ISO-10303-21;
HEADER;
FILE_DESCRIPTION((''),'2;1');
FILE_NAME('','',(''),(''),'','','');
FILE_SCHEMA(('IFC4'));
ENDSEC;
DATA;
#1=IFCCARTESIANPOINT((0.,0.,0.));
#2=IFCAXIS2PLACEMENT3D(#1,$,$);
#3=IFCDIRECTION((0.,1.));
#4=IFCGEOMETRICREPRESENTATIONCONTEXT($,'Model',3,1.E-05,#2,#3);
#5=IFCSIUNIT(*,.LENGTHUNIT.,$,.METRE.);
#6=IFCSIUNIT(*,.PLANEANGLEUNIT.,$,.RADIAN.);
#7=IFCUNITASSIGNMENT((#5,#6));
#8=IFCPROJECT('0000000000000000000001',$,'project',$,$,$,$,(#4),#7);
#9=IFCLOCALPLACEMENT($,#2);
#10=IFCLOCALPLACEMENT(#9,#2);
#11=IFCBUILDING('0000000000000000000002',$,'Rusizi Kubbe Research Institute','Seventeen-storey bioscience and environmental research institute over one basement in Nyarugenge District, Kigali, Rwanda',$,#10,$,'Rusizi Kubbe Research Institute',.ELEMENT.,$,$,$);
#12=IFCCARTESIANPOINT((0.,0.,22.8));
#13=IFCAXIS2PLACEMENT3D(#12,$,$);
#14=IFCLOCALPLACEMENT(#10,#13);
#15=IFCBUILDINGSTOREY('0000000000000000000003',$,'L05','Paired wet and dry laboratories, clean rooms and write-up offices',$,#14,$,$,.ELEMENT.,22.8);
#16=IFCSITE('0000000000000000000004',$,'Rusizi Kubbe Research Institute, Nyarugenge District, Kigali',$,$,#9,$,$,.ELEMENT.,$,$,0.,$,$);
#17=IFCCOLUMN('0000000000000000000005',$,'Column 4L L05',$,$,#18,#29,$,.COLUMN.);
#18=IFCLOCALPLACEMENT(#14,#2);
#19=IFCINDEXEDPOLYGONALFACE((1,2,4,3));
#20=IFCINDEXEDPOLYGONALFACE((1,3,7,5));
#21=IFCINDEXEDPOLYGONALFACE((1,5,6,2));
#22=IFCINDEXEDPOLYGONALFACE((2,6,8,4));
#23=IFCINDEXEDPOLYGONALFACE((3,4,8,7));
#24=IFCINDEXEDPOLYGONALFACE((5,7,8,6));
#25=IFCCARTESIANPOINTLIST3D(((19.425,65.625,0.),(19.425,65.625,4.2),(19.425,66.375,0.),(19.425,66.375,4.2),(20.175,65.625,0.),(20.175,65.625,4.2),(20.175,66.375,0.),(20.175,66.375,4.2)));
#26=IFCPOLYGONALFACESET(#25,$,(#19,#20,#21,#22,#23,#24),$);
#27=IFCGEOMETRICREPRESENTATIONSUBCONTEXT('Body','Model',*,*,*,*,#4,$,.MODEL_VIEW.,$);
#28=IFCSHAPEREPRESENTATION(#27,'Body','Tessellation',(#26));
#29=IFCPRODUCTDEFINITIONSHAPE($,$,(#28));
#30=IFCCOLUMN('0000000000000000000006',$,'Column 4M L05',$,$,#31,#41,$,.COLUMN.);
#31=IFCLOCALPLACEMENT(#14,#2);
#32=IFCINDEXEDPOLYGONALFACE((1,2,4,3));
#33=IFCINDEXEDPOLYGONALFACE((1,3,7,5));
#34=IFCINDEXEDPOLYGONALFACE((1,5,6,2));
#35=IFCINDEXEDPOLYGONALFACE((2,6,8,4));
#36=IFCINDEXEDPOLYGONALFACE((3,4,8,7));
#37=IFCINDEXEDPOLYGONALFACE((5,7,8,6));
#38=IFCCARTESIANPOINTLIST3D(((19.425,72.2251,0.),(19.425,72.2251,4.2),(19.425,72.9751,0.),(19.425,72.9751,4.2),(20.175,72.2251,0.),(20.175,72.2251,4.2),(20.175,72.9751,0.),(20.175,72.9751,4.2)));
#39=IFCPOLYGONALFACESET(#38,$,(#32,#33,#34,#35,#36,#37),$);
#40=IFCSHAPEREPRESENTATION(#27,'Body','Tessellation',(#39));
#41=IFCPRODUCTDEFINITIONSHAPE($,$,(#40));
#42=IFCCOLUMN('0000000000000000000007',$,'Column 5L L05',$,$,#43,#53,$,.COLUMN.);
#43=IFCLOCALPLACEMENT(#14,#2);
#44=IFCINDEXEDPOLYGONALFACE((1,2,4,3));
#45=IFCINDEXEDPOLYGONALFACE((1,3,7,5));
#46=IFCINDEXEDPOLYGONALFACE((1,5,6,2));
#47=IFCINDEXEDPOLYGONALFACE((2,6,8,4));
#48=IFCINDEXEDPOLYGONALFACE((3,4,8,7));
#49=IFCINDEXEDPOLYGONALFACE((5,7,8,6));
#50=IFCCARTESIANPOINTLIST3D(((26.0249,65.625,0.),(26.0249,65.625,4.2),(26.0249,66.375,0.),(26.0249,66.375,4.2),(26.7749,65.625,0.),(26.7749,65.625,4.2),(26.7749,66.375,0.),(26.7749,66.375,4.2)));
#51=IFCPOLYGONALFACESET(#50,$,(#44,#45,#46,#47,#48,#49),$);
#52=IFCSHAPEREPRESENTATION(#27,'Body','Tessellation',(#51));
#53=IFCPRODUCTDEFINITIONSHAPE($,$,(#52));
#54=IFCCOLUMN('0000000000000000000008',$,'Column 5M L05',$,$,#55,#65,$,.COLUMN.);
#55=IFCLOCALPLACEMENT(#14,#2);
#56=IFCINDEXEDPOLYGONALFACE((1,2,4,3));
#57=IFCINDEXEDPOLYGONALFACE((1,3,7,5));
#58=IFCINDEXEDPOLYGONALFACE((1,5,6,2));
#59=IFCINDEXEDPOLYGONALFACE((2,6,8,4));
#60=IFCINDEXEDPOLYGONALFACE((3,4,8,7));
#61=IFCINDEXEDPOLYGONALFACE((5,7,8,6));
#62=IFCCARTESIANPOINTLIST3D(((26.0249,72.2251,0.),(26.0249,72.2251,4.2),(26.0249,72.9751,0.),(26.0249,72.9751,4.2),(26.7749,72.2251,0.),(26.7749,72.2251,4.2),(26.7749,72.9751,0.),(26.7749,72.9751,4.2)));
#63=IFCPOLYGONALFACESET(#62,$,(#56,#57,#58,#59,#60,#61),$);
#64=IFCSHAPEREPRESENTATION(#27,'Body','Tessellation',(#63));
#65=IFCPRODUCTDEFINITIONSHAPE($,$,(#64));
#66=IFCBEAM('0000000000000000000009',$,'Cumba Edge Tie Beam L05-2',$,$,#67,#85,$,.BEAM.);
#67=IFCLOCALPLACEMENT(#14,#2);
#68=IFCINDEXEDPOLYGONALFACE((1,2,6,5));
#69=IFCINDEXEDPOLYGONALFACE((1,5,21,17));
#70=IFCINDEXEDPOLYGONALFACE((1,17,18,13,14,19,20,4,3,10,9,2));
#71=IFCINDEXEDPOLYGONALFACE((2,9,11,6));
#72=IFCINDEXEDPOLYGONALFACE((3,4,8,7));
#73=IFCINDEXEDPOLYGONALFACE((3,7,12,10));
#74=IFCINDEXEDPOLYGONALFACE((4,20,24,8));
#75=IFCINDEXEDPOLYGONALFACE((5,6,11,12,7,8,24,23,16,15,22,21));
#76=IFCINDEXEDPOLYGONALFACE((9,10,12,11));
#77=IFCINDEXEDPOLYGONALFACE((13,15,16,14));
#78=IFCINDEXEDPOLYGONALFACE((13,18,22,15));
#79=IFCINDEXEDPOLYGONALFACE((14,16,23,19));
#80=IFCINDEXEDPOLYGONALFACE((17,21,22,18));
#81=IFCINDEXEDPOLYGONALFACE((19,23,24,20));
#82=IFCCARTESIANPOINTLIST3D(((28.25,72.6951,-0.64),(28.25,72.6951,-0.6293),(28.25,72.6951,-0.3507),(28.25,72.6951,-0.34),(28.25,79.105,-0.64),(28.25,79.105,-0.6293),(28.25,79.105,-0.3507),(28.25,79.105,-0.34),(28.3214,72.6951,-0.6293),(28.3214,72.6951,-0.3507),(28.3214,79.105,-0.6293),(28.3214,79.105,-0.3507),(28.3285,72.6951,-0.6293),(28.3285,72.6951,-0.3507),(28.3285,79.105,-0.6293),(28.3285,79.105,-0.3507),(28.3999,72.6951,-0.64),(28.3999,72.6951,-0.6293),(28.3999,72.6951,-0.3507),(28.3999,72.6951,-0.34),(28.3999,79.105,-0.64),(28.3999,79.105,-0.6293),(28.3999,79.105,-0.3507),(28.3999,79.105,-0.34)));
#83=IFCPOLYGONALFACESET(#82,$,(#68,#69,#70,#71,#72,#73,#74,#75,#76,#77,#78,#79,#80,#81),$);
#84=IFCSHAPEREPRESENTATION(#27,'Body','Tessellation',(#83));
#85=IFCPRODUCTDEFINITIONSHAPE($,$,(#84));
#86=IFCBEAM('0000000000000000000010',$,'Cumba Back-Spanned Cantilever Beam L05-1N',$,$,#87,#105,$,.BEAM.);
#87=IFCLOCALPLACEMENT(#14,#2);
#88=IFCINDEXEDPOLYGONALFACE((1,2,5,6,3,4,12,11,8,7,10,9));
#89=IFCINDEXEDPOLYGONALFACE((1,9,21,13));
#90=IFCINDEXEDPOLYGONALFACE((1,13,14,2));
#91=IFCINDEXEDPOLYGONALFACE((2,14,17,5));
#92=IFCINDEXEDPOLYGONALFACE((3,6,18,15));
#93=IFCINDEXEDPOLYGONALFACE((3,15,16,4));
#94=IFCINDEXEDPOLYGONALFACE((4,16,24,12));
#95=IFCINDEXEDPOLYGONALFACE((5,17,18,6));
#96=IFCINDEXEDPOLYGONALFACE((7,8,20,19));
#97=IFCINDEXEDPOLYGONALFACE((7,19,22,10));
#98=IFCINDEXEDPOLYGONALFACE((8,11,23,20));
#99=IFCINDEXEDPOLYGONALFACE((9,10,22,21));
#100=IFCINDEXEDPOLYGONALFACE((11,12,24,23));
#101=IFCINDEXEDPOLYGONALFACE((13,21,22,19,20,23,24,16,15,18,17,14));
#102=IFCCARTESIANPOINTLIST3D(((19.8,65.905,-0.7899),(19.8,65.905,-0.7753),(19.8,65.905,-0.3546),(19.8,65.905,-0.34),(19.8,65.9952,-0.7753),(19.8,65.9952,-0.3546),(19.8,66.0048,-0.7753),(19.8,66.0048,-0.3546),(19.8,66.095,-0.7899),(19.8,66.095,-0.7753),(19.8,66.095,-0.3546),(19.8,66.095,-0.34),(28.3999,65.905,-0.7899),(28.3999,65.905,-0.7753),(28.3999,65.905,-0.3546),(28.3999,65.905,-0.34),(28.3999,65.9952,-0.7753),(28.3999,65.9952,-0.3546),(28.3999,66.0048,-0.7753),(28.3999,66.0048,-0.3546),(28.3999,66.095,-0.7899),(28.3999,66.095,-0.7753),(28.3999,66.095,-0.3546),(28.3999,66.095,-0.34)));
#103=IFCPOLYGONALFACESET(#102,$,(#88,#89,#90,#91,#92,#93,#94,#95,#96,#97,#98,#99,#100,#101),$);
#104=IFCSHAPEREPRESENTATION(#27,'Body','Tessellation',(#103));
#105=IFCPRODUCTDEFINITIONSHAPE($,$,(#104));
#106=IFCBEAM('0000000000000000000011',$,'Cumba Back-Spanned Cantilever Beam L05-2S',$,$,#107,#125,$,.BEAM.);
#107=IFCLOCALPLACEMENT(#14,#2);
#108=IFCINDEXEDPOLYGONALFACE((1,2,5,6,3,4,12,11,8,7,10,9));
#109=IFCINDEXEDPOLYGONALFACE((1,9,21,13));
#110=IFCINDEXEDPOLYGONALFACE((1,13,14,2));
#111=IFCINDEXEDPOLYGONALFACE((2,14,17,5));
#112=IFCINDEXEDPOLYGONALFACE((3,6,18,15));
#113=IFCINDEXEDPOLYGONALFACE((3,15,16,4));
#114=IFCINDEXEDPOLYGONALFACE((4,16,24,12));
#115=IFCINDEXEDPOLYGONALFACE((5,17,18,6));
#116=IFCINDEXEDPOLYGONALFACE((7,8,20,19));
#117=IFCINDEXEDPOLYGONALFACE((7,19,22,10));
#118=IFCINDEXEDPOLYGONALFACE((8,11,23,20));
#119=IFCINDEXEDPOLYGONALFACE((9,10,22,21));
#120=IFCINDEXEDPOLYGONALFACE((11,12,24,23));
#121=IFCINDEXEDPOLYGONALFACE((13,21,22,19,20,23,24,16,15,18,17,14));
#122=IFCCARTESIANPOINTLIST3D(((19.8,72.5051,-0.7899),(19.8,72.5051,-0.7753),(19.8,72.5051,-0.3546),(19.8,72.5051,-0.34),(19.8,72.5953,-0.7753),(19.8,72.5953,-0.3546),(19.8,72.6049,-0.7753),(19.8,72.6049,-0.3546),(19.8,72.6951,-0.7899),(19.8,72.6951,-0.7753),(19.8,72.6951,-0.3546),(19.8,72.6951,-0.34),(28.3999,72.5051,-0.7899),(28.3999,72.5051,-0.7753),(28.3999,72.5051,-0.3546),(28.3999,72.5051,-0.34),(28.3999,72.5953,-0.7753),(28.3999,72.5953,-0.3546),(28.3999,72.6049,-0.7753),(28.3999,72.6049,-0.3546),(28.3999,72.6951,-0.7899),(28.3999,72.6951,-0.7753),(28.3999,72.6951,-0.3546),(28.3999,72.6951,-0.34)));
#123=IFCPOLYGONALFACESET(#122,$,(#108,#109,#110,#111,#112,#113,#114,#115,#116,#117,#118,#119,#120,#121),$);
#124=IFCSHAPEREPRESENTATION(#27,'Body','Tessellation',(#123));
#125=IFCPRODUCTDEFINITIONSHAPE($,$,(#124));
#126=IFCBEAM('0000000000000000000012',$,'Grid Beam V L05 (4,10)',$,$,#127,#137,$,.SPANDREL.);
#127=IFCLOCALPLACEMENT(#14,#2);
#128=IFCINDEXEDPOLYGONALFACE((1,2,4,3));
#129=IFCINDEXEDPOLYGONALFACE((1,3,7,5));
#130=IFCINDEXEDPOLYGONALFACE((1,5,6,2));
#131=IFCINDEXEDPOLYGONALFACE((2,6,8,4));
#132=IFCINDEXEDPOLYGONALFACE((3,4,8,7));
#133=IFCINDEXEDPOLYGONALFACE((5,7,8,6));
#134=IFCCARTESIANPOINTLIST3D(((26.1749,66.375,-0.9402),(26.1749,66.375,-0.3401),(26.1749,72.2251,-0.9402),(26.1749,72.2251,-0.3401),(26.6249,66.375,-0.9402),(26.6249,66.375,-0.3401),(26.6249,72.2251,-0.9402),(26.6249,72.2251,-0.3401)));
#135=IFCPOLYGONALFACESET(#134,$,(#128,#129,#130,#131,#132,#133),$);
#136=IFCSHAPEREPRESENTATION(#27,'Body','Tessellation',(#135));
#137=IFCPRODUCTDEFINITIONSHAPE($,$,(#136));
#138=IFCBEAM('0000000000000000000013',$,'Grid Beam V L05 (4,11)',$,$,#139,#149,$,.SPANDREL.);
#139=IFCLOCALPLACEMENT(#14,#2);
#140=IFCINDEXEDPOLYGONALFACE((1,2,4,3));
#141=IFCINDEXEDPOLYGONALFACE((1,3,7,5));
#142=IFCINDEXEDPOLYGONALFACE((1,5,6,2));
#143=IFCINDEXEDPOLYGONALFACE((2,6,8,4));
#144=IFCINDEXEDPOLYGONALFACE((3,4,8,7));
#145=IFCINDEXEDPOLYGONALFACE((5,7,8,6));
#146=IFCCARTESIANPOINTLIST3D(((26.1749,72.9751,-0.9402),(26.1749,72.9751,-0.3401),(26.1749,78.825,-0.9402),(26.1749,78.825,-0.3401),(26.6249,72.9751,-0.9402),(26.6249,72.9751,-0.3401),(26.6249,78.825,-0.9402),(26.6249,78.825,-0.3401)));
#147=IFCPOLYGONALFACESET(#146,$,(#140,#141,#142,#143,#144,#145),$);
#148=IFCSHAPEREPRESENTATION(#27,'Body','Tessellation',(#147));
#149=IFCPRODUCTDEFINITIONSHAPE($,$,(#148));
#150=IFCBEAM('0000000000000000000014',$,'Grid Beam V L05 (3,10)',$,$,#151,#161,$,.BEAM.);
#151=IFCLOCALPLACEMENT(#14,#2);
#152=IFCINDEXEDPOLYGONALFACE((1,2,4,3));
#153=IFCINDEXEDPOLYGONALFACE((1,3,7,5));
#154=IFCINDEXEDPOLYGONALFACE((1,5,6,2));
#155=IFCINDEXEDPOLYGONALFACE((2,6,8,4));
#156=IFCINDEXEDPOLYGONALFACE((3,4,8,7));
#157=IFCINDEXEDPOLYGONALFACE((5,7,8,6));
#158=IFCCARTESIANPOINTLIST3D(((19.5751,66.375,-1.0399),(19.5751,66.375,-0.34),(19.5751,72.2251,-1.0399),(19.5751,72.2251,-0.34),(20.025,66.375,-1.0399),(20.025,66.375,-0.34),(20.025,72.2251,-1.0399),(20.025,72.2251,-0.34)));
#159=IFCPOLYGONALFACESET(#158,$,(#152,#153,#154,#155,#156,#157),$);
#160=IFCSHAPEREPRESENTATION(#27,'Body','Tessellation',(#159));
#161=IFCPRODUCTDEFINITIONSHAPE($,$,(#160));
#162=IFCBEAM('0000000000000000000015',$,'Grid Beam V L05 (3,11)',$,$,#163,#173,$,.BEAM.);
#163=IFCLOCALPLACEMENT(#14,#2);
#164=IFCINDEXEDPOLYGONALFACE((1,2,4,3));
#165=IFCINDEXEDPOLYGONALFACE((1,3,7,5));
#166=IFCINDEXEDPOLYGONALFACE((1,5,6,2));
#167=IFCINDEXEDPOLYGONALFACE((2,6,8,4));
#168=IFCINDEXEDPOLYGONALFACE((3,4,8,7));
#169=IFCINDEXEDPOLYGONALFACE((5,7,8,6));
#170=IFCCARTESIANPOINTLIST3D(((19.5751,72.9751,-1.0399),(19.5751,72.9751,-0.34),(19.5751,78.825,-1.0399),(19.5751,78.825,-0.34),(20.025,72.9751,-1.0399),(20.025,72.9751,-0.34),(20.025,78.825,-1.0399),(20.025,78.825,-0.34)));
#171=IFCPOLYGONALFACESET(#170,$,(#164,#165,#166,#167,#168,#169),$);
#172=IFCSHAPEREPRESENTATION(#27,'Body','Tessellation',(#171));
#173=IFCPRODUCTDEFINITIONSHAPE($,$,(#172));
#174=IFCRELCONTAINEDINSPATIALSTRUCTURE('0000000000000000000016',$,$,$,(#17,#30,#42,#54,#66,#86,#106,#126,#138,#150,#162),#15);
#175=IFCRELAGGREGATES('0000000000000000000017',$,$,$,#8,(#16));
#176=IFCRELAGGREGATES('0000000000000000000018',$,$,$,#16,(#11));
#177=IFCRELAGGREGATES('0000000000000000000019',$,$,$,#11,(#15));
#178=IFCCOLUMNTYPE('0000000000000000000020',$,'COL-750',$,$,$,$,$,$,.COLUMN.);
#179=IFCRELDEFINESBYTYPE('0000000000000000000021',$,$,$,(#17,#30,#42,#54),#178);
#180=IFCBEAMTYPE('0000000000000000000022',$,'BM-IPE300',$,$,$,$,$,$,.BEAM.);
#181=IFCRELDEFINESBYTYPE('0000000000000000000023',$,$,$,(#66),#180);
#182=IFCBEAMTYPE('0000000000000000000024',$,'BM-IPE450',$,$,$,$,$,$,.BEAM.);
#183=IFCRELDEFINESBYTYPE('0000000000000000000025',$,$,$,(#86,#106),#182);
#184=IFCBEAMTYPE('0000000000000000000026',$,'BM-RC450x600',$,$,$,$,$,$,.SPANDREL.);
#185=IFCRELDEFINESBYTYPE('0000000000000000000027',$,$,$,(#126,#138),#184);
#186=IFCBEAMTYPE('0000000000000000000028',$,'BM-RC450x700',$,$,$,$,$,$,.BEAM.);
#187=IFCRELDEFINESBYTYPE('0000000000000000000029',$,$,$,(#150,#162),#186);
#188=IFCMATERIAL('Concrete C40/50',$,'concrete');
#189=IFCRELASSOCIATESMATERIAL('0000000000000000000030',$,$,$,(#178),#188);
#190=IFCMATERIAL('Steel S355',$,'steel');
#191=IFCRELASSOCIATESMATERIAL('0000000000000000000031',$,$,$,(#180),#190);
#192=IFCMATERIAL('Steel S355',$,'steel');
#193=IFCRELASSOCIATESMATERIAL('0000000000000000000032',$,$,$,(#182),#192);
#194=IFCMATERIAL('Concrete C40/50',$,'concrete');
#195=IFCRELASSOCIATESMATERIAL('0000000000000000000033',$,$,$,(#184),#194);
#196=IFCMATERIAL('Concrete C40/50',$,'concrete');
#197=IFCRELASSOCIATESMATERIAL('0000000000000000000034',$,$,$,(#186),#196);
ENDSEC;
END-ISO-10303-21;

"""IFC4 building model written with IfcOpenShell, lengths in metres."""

from ifc_helpers import new_model, si_unit, direction, frame, origin, origin_2d, place, context, subcontext, project, spatial, rectangle, i_section, extrude, material, material_profile, profile_set, type_object, element, save


model = new_model("IFC4")

# Units and contexts
model_context = context("Model", 3, precision=1e-05, world=origin(), true_north=direction((0.0, 1.0)))
body_context = subcontext(model_context, "Body", "Model", "MODEL_VIEW")
ifc_project = project(units=[si_unit("LENGTHUNIT", "METRE"), si_unit("PLANEANGLEUNIT", "RADIAN")], contexts=[model_context])

# Site, building, storey
site_placement = place(None, origin())
site = spatial("IfcSite", under=ifc_project, at=site_placement, Name="Rusizi Kubbe Research Institute, Nyarugenge District, Kigali", CompositionType="ELEMENT", RefElevation=0.0)
building_placement = place(site_placement, origin())
building = spatial("IfcBuilding", under=site, at=building_placement, Name="Rusizi Kubbe Research Institute", Description="Seventeen-storey bioscience and environmental research institute over one basement in Nyarugenge District, Kigali, Rwanda", LongName="Rusizi Kubbe Research Institute", CompositionType="ELEMENT")
storey_placement = place(building_placement, frame((0.0, 0.0, 22.8)))
storey = spatial("IfcBuildingStorey", under=building, at=storey_placement, Name="L05", Description="Paired wet and dry laboratories, clean rooms and write-up offices", CompositionType="ELEMENT", Elevation=22.8)

# Columns
ifc_material_1 = material(Name="Concrete C40/50", Category="concrete")
ifc_material_profile_1 = material_profile(ifc_material_1, rectangle(XDim=0.75, YDim=0.75, at=origin_2d()), Name="RC750x750")
ifc_profile_set_1 = profile_set([ifc_material_profile_1], Name="Concrete C40/50")
column_type = type_object("IfcColumnType", Name="COL-750", PredefinedType="COLUMN", material=ifc_profile_set_1)
for number, where, z_axis, x_axis, name in (
    (1, (19.8, 66.0, 0.0), (0.0, 0.0, 1.0), (1.0, 0.0, 0.0), "Column 4L L05"),
    (2, (19.8, 72.6001, 0.0), (0.0, 0.0, 1.0), (1.0, 0.0, 0.0), "Column 4M L05"),
    (3, (26.3999, 66.0, 0.0), (0.0, 0.0, 1.0), (1.0, 0.0, 0.0), "Column 5L L05"),
    (4, (26.3999, 72.6001, 0.0), (0.0, 0.0, 1.0), (1.0, 0.0, 0.0), "Column 5M L05"),
):
    element("IfcColumn", number, at=place(storey_placement, frame(where, z_axis=z_axis, x_axis=x_axis)), inside=storey, type_object=column_type, Name=name, PredefinedType="COLUMN", context=body_context, shape_type="SweptSolid", body=[
        extrude(rectangle(XDim=0.75, YDim=0.75, at=origin_2d()), origin(), (0.0, 0.0, 1.0), 4.2),
    ])

# Beams
ifc_material_2 = material(Name="Steel S355", Category="steel")
ifc_material_profile_2 = material_profile(ifc_material_2, i_section(OverallWidth=0.1499, OverallDepth=0.3, WebThickness=0.0071, FlangeThickness=0.0107, at=origin_2d()), Name="IPE 300")
ifc_profile_set_2 = profile_set([ifc_material_profile_2], Name="Steel S355")
beam_type_1 = type_object("IfcBeamType", Name="BM-IPE300", PredefinedType="BEAM", material=ifc_profile_set_2)
beam_1_placement = place(storey_placement, frame((28.325, 72.6951, -0.49), z_axis=(0.0, 1.0, 0.0), x_axis=(-1.0, 0.0, 0.0)))
element("IfcBeam", 5, at=beam_1_placement, inside=storey, type_object=beam_type_1, Name="Cumba Edge Tie Beam L05-2", PredefinedType="BEAM", context=body_context, shape_type="SweptSolid", body=[
    extrude(i_section(OverallWidth=0.1499, OverallDepth=0.3, WebThickness=0.0071, FlangeThickness=0.0107, at=origin_2d()), origin(), (0.0, 0.0, 1.0), 6.4099),
])
ifc_material_3 = material(Name="Steel S355", Category="steel")
ifc_material_profile_3 = material_profile(ifc_material_3, i_section(OverallWidth=0.1899, OverallDepth=0.45, WebThickness=0.0095, FlangeThickness=0.0146, at=origin_2d()), Name="IPE 450")
ifc_profile_set_3 = profile_set([ifc_material_profile_3], Name="Steel S355")
beam_type_2 = type_object("IfcBeamType", Name="BM-IPE450", PredefinedType="BEAM", material=ifc_profile_set_3)
for number, where, z_axis, x_axis, name in (
    (6, (19.8, 66.0, -0.5649), (1.0, 0.0, 0.0), (0.0, 1.0, 0.0), "Cumba Back-Spanned Cantilever Beam L05-1N"),
    (7, (19.8, 72.6001, -0.5649), (1.0, 0.0, 0.0), (0.0, 1.0, 0.0), "Cumba Back-Spanned Cantilever Beam L05-2S"),
):
    element("IfcBeam", number, at=place(storey_placement, frame(where, z_axis=z_axis, x_axis=x_axis)), inside=storey, type_object=beam_type_2, Name=name, PredefinedType="BEAM", context=body_context, shape_type="SweptSolid", body=[
        extrude(i_section(OverallWidth=0.1899, OverallDepth=0.45, WebThickness=0.0095, FlangeThickness=0.0146, at=origin_2d()), origin(), (0.0, 0.0, 1.0), 8.5999),
    ])
ifc_material_4 = material(Name="Concrete C40/50", Category="concrete")
ifc_material_profile_4 = material_profile(ifc_material_4, rectangle(XDim=0.45, YDim=0.6001, at=origin_2d()), Name="RC450x600")
ifc_profile_set_4 = profile_set([ifc_material_profile_4], Name="Concrete C40/50")
beam_type_3 = type_object("IfcBeamType", Name="BM-RC450x600", PredefinedType="SPANDREL", material=ifc_profile_set_4)
beam_2_placement = place(storey_placement, frame((26.3999, 66.375, -0.6401), z_axis=(0.0, 1.0, 0.0), x_axis=(-1.0, 0.0, 0.0)))
element("IfcBeam", 8, at=beam_2_placement, inside=storey, type_object=beam_type_3, Name="Grid Beam V L05 (4,10)", PredefinedType="SPANDREL", context=body_context, shape_type="SweptSolid", body=[
    extrude(rectangle(XDim=0.45, YDim=0.6001, at=origin_2d()), origin(), (0.0, 0.0, 1.0), 5.8501),
])
beam_3_placement = place(storey_placement, frame((26.3999, 72.9751, -0.6401), z_axis=(0.0, 1.0, 0.0), x_axis=(-1.0, 0.0, 0.0)))
element("IfcBeam", 9, at=beam_3_placement, inside=storey, type_object=beam_type_3, Name="Grid Beam V L05 (4,11)", PredefinedType="SPANDREL", context=body_context, shape_type="SweptSolid", body=[
    extrude(rectangle(XDim=0.45, YDim=0.6001, at=origin_2d()), origin(), (0.0, 0.0, 1.0), 5.8499),
])
ifc_material_5 = material(Name="Concrete C40/50", Category="concrete")
ifc_material_profile_5 = material_profile(ifc_material_5, rectangle(XDim=0.45, YDim=0.7, at=origin_2d()), Name="RC450x700B")
ifc_profile_set_5 = profile_set([ifc_material_profile_5], Name="Concrete C40/50")
beam_type_4 = type_object("IfcBeamType", Name="BM-RC450x700", PredefinedType="BEAM", material=ifc_profile_set_5)
beam_4_placement = place(storey_placement, frame((19.8, 66.375, -0.6899), z_axis=(0.0, 1.0, 0.0), x_axis=(-1.0, 0.0, 0.0)))
element("IfcBeam", 10, at=beam_4_placement, inside=storey, type_object=beam_type_4, Name="Grid Beam V L05 (3,10)", PredefinedType="BEAM", context=body_context, shape_type="SweptSolid", body=[
    extrude(rectangle(XDim=0.45, YDim=0.7, at=origin_2d()), origin(), (0.0, 0.0, 1.0), 5.8501),
])
beam_5_placement = place(storey_placement, frame((19.8, 72.9751, -0.6899), z_axis=(0.0, 1.0, 0.0), x_axis=(-1.0, 0.0, 0.0)))
element("IfcBeam", 11, at=beam_5_placement, inside=storey, type_object=beam_type_4, Name="Grid Beam V L05 (3,11)", PredefinedType="BEAM", context=body_context, shape_type="SweptSolid", body=[
    extrude(rectangle(XDim=0.45, YDim=0.7, at=origin_2d()), origin(), (0.0, 0.0, 1.0), 5.8499),
])

save(model, "model.ifc")
